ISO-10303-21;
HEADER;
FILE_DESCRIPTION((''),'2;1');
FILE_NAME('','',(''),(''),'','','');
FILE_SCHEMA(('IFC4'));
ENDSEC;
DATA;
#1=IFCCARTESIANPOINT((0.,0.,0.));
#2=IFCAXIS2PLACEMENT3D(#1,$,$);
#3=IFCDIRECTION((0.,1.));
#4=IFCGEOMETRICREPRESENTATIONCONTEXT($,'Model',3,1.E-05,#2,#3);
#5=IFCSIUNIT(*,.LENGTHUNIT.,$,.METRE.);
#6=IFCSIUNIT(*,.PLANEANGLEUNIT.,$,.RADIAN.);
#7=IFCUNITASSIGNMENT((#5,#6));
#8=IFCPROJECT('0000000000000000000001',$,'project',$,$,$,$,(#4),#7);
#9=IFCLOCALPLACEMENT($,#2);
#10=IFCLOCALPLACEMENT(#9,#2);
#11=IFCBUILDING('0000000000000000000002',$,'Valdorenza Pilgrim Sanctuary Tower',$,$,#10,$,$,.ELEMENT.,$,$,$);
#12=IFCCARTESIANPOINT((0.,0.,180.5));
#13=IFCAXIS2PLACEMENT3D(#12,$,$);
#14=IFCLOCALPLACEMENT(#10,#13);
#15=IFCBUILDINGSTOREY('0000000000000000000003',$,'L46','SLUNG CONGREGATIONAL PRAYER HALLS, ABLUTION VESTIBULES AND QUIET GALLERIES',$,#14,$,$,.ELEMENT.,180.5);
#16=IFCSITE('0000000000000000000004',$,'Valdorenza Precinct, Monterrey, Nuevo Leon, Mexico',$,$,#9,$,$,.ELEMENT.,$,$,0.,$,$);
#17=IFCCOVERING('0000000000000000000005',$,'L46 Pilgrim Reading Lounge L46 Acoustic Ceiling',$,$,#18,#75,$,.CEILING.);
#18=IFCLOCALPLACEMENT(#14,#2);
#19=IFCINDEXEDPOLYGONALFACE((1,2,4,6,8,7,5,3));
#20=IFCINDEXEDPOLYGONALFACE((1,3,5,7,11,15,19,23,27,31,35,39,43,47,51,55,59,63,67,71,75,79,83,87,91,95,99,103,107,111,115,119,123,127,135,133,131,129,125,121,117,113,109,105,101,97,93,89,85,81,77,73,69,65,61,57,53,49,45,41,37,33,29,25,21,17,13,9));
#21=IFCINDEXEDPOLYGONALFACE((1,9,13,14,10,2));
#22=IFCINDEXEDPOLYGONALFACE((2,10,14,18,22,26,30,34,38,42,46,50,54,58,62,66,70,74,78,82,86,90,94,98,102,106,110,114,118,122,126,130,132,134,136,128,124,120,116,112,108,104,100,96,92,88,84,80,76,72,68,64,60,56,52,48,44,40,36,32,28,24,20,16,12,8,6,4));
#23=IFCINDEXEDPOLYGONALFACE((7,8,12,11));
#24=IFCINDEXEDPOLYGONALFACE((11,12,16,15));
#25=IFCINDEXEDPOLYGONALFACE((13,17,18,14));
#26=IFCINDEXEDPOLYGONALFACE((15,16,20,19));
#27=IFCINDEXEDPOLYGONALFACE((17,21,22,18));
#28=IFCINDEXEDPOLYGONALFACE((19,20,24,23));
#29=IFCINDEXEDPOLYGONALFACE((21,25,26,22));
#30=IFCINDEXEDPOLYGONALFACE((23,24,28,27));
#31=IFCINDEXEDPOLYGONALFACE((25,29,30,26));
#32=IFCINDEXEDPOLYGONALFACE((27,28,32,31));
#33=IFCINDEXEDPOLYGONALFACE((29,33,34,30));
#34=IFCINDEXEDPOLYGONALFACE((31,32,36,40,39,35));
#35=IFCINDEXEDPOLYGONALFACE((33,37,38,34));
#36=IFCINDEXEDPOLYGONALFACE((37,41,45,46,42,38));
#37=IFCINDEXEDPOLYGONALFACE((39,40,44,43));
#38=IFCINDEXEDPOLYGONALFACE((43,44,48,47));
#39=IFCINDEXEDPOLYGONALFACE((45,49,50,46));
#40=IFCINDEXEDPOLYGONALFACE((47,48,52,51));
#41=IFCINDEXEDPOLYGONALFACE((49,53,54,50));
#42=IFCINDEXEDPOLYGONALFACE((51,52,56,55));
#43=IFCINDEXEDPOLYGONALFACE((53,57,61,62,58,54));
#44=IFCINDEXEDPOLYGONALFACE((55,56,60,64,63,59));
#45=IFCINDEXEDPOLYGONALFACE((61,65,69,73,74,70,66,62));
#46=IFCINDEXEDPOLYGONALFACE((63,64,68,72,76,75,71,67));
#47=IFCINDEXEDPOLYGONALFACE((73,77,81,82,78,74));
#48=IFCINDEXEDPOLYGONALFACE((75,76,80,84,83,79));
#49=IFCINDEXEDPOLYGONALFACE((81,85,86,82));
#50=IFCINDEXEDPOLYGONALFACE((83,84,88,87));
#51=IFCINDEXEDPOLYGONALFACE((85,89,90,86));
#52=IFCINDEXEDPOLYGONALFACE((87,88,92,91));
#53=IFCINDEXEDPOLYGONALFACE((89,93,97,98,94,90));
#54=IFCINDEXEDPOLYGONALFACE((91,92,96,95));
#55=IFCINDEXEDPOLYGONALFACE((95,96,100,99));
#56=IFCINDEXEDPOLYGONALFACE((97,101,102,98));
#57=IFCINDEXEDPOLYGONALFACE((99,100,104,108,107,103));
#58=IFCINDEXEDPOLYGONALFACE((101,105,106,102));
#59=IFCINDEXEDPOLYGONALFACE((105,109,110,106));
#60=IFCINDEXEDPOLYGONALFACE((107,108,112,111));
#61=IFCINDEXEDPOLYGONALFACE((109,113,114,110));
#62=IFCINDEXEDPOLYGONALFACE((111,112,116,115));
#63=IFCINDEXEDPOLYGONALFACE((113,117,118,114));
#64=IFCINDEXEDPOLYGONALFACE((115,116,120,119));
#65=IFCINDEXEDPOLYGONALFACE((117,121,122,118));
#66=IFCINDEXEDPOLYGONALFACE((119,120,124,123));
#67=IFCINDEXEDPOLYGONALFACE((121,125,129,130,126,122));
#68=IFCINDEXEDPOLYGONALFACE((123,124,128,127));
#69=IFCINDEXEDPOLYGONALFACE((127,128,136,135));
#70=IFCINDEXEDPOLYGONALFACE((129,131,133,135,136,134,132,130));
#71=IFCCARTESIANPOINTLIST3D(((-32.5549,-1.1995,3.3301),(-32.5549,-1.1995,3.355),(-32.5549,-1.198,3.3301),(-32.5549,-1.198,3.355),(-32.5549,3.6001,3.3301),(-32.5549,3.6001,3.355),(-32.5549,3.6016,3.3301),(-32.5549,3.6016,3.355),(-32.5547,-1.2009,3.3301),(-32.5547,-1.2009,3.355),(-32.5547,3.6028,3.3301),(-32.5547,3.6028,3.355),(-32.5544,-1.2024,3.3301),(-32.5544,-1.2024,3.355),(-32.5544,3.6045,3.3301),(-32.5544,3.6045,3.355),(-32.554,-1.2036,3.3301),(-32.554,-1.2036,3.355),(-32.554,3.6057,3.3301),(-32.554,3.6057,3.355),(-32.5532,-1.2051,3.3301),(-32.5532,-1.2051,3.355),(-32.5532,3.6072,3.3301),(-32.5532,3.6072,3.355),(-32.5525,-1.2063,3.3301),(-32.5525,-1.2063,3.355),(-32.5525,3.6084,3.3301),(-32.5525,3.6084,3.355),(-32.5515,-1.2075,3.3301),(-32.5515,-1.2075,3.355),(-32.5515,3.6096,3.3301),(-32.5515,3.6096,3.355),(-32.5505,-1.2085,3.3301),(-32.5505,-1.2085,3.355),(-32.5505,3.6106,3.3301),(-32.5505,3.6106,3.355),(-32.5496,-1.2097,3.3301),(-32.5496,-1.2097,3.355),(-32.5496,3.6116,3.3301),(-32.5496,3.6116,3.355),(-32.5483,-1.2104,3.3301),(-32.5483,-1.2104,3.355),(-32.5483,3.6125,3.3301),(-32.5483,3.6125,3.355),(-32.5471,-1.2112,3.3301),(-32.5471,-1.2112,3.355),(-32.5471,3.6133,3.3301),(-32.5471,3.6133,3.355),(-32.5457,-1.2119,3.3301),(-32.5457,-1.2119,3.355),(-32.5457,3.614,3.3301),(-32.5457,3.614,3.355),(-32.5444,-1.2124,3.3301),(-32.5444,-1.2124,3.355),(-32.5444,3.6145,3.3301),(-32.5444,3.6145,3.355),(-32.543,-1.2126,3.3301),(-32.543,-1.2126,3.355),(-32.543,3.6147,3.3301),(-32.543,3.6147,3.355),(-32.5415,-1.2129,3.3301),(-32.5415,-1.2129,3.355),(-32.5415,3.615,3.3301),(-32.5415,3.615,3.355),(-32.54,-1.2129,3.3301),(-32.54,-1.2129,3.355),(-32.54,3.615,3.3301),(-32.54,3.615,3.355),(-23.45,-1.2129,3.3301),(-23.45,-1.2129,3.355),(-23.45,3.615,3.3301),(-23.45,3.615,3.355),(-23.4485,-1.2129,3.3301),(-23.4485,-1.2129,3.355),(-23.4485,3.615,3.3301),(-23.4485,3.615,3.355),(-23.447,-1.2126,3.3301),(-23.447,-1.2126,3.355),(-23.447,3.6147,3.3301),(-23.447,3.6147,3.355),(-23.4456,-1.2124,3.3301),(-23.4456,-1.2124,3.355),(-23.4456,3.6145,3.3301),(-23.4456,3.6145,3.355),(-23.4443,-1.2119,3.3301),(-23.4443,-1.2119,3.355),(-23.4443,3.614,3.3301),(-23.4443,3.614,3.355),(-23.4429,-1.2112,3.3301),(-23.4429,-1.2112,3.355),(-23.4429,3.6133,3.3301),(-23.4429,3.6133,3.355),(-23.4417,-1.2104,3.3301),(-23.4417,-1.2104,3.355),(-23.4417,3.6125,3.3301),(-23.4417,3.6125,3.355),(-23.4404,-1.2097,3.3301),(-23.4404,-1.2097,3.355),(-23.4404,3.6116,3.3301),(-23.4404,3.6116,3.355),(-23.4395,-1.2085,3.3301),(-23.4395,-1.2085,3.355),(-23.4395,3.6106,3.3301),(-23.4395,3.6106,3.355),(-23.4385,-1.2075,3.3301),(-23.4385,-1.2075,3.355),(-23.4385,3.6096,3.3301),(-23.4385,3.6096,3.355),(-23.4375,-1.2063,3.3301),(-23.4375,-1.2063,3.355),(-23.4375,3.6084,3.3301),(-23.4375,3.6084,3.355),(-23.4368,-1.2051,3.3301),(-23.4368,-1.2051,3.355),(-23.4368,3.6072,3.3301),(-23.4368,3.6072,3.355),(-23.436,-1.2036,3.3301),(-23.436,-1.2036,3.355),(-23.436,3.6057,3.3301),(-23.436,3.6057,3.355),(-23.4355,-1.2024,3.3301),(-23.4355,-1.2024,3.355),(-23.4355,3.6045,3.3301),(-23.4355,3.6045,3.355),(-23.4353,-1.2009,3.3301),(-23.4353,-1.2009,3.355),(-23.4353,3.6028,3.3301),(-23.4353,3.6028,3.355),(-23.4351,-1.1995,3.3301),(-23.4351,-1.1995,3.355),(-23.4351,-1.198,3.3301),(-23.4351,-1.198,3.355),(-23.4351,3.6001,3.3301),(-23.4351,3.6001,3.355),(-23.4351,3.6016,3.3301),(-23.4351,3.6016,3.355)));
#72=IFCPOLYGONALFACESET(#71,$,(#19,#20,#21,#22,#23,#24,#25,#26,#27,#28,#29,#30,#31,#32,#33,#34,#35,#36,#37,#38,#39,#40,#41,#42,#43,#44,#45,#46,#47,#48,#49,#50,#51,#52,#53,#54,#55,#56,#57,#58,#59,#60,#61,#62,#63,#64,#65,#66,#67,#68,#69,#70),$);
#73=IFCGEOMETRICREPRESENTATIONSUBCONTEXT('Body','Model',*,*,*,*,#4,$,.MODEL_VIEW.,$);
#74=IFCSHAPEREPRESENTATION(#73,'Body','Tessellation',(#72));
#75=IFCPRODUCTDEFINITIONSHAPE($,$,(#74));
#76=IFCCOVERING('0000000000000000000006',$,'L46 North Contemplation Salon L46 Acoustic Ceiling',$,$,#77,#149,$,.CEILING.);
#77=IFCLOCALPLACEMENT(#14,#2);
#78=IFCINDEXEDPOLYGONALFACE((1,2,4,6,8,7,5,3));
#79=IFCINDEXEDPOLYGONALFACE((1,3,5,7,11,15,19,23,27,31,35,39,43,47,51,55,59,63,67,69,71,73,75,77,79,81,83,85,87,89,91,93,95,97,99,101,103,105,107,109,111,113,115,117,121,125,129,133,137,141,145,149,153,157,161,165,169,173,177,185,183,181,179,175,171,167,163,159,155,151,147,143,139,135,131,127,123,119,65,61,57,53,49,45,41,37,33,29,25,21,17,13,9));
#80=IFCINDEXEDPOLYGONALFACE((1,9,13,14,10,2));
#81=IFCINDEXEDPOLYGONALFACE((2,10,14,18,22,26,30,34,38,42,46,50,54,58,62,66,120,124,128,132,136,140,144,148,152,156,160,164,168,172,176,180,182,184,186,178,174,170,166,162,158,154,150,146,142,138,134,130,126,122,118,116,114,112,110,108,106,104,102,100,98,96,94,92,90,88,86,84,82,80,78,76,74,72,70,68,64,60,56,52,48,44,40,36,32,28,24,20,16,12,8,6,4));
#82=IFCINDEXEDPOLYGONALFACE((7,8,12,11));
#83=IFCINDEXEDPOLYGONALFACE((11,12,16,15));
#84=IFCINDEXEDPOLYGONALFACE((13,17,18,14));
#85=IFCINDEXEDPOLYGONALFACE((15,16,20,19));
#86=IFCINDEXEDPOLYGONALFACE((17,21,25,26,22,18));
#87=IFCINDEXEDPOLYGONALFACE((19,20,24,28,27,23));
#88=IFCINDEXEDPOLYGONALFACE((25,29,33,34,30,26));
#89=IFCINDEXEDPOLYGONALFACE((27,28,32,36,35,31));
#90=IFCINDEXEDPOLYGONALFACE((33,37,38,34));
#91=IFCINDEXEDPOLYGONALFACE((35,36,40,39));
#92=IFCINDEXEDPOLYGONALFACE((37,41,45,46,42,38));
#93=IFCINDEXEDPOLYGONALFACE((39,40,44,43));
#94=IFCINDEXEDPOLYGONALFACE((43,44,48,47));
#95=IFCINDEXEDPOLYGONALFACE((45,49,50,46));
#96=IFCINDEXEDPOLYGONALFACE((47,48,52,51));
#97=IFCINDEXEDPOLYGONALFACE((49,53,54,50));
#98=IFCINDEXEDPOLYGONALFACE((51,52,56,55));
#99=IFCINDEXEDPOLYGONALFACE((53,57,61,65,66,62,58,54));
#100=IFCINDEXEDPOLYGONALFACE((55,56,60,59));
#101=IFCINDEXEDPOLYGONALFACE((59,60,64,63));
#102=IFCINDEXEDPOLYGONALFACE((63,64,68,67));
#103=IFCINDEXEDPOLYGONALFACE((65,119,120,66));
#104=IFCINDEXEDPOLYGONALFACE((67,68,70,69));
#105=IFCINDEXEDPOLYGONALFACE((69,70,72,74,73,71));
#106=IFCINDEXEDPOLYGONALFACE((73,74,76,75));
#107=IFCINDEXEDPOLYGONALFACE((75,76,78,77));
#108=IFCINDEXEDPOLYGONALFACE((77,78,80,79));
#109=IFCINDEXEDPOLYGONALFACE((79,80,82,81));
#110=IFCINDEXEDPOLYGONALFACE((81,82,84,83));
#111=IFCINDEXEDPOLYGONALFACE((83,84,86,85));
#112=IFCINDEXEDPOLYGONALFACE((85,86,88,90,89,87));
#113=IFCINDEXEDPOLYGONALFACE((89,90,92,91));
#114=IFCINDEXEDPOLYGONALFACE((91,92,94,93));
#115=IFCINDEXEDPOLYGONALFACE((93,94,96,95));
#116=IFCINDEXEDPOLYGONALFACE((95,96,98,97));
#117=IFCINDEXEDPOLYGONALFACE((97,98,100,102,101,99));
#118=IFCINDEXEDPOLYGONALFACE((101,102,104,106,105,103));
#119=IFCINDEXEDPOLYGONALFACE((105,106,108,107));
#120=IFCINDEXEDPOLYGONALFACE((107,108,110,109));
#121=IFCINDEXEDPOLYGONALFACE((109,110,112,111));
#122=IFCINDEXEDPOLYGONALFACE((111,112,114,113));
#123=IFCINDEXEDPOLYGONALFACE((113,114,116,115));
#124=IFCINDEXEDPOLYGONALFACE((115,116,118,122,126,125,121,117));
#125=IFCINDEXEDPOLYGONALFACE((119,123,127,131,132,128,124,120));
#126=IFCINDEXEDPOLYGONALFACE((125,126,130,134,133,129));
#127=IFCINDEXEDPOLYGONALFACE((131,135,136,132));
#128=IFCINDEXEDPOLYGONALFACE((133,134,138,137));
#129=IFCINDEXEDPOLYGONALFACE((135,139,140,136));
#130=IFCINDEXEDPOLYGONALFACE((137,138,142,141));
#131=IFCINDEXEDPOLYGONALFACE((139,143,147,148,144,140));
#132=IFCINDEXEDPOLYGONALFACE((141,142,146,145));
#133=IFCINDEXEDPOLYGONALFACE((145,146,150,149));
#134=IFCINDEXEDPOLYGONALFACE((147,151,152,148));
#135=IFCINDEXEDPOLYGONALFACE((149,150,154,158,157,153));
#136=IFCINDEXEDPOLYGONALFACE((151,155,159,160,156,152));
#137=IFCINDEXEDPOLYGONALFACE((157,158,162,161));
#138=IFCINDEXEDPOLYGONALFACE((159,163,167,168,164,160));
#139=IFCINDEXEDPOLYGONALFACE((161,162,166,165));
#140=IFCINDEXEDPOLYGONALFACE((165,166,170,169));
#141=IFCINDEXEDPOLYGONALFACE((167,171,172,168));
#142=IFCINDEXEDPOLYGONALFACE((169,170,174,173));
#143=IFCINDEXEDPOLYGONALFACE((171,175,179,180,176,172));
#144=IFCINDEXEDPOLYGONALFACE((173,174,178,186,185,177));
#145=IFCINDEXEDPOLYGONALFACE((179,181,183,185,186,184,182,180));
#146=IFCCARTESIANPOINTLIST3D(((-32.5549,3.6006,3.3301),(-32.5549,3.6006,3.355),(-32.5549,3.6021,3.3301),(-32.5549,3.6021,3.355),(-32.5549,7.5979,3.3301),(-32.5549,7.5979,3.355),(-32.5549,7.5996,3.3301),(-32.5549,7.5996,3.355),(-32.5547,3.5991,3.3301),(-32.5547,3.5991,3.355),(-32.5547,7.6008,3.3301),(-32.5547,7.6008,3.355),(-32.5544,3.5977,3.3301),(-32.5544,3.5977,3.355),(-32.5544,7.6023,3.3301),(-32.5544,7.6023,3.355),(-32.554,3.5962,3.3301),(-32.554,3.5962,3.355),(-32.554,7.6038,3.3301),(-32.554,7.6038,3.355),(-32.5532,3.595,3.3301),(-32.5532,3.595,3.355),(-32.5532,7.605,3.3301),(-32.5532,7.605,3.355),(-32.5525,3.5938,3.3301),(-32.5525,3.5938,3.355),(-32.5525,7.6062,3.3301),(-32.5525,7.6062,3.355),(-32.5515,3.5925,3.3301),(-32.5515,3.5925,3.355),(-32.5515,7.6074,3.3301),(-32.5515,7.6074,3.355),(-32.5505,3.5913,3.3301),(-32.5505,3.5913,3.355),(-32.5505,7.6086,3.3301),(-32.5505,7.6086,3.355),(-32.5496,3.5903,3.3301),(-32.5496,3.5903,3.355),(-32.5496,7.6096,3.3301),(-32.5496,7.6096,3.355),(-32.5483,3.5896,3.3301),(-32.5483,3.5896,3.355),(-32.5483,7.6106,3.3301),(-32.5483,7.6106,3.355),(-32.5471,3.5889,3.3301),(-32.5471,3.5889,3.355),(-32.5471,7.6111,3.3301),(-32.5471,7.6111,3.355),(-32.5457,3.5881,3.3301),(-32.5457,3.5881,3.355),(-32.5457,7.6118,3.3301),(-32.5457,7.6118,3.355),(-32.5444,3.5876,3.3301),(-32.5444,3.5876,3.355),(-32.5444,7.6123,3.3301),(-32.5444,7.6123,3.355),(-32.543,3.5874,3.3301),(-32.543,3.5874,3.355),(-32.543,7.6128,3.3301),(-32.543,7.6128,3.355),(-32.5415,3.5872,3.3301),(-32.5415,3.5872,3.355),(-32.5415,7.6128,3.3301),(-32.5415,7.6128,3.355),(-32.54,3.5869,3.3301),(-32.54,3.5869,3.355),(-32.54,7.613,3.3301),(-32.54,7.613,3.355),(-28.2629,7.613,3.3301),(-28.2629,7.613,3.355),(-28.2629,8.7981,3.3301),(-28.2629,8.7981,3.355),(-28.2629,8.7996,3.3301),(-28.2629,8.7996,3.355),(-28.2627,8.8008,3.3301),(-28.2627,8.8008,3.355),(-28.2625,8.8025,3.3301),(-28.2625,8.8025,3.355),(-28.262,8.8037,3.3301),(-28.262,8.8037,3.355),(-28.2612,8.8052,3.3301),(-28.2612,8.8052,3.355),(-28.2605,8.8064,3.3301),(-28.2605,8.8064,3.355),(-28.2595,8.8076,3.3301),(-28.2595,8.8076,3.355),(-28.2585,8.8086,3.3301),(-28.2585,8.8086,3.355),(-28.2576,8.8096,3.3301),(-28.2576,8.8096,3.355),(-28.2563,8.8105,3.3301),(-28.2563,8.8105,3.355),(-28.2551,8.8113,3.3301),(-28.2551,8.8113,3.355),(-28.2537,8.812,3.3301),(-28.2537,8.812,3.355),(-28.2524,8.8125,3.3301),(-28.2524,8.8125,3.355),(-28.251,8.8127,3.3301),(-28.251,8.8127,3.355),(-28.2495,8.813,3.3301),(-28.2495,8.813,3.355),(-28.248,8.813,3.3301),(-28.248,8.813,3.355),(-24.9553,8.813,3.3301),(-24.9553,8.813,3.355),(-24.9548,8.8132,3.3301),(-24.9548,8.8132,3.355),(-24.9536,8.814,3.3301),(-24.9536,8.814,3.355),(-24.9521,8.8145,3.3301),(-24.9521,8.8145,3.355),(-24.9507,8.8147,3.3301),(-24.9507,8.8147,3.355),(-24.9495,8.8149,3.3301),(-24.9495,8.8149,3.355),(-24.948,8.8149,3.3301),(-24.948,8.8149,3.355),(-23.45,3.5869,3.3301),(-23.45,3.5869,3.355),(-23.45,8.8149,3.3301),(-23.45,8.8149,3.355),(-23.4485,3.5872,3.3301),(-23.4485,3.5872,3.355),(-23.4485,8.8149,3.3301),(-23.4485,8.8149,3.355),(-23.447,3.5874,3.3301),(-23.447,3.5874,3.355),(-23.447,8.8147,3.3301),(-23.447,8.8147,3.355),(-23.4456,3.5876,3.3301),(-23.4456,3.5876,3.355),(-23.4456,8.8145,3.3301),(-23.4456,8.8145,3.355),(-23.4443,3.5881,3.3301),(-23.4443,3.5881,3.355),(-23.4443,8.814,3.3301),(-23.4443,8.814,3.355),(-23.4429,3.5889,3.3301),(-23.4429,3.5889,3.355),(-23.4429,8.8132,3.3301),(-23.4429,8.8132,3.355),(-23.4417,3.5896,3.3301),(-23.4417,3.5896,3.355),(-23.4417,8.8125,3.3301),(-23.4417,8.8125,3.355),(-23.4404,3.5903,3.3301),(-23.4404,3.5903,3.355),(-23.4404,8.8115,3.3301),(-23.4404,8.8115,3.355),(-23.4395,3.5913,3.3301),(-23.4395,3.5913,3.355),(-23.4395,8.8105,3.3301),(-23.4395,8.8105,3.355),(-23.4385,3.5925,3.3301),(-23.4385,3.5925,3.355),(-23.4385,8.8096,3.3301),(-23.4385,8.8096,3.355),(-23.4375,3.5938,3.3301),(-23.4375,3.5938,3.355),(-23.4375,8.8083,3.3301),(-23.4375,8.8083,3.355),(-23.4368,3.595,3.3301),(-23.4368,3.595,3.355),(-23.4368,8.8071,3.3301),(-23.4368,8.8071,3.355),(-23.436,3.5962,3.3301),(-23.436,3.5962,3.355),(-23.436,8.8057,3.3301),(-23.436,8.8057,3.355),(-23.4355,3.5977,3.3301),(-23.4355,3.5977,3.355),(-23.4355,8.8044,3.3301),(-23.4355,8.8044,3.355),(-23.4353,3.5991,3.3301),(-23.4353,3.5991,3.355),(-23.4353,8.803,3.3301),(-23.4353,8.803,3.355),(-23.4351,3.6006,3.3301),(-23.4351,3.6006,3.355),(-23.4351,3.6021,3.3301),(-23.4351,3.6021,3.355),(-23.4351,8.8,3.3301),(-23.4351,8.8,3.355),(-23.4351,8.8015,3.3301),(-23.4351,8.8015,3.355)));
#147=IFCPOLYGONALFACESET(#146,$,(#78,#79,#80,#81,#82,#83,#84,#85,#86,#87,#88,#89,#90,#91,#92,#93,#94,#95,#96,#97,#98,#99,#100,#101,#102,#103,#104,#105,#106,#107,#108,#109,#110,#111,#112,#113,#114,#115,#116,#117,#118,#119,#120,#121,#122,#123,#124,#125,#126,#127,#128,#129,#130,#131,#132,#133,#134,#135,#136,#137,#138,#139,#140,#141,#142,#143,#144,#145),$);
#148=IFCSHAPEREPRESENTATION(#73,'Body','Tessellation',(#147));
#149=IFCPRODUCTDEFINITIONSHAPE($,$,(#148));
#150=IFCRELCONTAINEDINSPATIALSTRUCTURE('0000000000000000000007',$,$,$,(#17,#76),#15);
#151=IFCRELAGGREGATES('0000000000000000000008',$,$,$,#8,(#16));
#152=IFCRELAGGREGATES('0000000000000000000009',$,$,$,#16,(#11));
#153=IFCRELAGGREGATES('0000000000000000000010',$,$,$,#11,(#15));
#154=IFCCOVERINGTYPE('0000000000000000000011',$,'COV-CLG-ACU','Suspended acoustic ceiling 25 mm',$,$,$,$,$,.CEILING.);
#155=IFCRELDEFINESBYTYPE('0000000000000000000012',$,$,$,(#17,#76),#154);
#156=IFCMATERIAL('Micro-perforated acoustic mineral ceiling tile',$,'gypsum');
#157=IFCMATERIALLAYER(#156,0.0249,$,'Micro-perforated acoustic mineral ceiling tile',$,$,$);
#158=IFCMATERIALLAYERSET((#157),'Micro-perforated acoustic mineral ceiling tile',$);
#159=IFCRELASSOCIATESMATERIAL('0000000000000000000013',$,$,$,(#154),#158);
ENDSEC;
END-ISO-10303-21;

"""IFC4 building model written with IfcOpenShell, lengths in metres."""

from ifc_helpers import new_model, si_unit, direction, frame, origin, place, context, subcontext, project, spatial, polyline, outline, extrude, material, layer, layer_set, type_object, element, save


model = new_model("IFC4")

# Units and contexts
model_context = context("Model", 3, precision=1e-05, world=origin(), true_north=direction((0.0, 1.0)))
body_context = subcontext(model_context, "Body", "Model", "MODEL_VIEW")
ifc_project = project(units=[si_unit("LENGTHUNIT", "METRE"), si_unit("PLANEANGLEUNIT", "RADIAN")], contexts=[model_context])

# Site, building, storey
site_placement = place(None, origin())
site = spatial("IfcSite", under=ifc_project, at=site_placement, Name="Valdorenza Precinct, Monterrey, Nuevo Leon, Mexico", CompositionType="ELEMENT", RefElevation=0.0)
building_placement = place(site_placement, origin())
building = spatial("IfcBuilding", under=site, at=building_placement, Name="Valdorenza Pilgrim Sanctuary Tower", CompositionType="ELEMENT")
storey_placement = place(building_placement, frame((0.0, 0.0, 180.5)))
storey = spatial("IfcBuildingStorey", under=building, at=storey_placement, Name="L46", Description="SLUNG CONGREGATIONAL PRAYER HALLS, ABLUTION VESTIBULES AND QUIET GALLERIES", CompositionType="ELEMENT", Elevation=180.5)

# Coverings
ifc_material_1 = material(Name="Micro-perforated acoustic mineral ceiling tile", Category="gypsum")
ifc_layer_1 = layer(ifc_material_1, 0.0249, Name="Micro-perforated acoustic mineral ceiling tile")
ifc_layer_set_1 = layer_set([ifc_layer_1], Name="Micro-perforated acoustic mineral ceiling tile")
covering_type_1 = type_object("IfcCoveringType", Name="COV-CLG-ACU", Description="Suspended acoustic ceiling 25 mm", PredefinedType="CEILING", material=ifc_layer_set_1)
covering_1_placement = place(storey_placement, frame((0.0, 0.0, 3.3301)))
element("IfcCovering", 1, at=covering_1_placement, inside=storey, type_object=covering_type_1, Name="L46 Pilgrim Reading Lounge L46 Acoustic Ceiling", PredefinedType="CEILING", context=body_context, shape_type="SweptSolid", body=[
    extrude(outline(polyline([(-23.4351, -1.198), (-23.4351, -1.1995), (-23.4353, -1.2009), (-23.4355, -1.2024), (-23.436, -1.2036), (-23.4368, -1.2051), (-23.4375, -1.2063), (-23.4385, -1.2075), (-23.4395, -1.2085), (-23.4404, -1.2097), (-23.4417, -1.2104), (-23.4429, -1.2112), (-23.4443, -1.2119), (-23.4456, -1.2124), (-23.447, -1.2126), (-23.4485, -1.2129), (-23.45, -1.2129), (-32.54, -1.2129), (-32.5415, -1.2129), (-32.543, -1.2126), (-32.5444, -1.2124), (-32.5457, -1.2119), (-32.5471, -1.2112), (-32.5483, -1.2104), (-32.5496, -1.2097), (-32.5505, -1.2085), (-32.5515, -1.2075), (-32.5525, -1.2063), (-32.5532, -1.2051), (-32.554, -1.2036), (-32.5544, -1.2024), (-32.5547, -1.2009), (-32.5549, -1.1995), (-32.5549, -1.198), (-32.5549, 3.6001), (-32.5549, 3.6016), (-32.5547, 3.6028), (-32.5544, 3.6045), (-32.554, 3.6057), (-32.5532, 3.6072), (-32.5525, 3.6084), (-32.5515, 3.6096), (-32.5505, 3.6106), (-32.5496, 3.6116), (-32.5483, 3.6125), (-32.5471, 3.6133), (-32.5457, 3.614), (-32.5444, 3.6145), (-32.543, 3.6147), (-32.5415, 3.615), (-32.54, 3.615), (-23.45, 3.615), (-23.4485, 3.615), (-23.447, 3.6147), (-23.4456, 3.6145), (-23.4443, 3.614), (-23.4429, 3.6133), (-23.4417, 3.6125), (-23.4404, 3.6116), (-23.4395, 3.6106), (-23.4385, 3.6096), (-23.4375, 3.6084), (-23.4368, 3.6072), (-23.436, 3.6057), (-23.4355, 3.6045), (-23.4353, 3.6028), (-23.4351, 3.6016), (-23.4351, 3.6001), (-23.4351, -1.198)])), origin(), (0.0, 0.0, 1.0), 0.0249),
])
covering_2_placement = place(storey_placement, frame((0.0, 0.0, 3.3301)))
element("IfcCovering", 2, at=covering_2_placement, inside=storey, type_object=covering_type_1, Name="L46 North Contemplation Salon L46 Acoustic Ceiling", PredefinedType="CEILING", context=body_context, shape_type="SweptSolid", body=[
    extrude(outline(polyline([(-28.2629, 7.613), (-28.2629, 8.7981), (-28.2629, 8.7996), (-28.2627, 8.8008), (-28.2625, 8.8025), (-28.262, 8.8037), (-28.2612, 8.8052), (-28.2605, 8.8064), (-28.2595, 8.8076), (-28.2585, 8.8086), (-28.2576, 8.8096), (-28.2563, 8.8105), (-28.2551, 8.8113), (-28.2537, 8.812), (-28.2524, 8.8125), (-28.251, 8.8127), (-28.2495, 8.813), (-28.248, 8.813), (-24.9553, 8.813), (-24.9548, 8.8132), (-24.9536, 8.814), (-24.9521, 8.8145), (-24.9507, 8.8147), (-24.9495, 8.8149), (-24.948, 8.8149), (-23.45, 8.8149), (-23.4485, 8.8149), (-23.447, 8.8147), (-23.4456, 8.8145), (-23.4443, 8.814), (-23.4429, 8.8132), (-23.4417, 8.8125), (-23.4404, 8.8115), (-23.4395, 8.8105), (-23.4385, 8.8096), (-23.4375, 8.8083), (-23.4368, 8.8071), (-23.436, 8.8057), (-23.4355, 8.8044), (-23.4353, 8.803), (-23.4351, 8.8015), (-23.4351, 8.8), (-23.4351, 3.6021), (-23.4351, 3.6006), (-23.4353, 3.5991), (-23.4355, 3.5977), (-23.436, 3.5962), (-23.4368, 3.595), (-23.4375, 3.5938), (-23.4385, 3.5925), (-23.4395, 3.5913), (-23.4404, 3.5903), (-23.4417, 3.5896), (-23.4429, 3.5889), (-23.4443, 3.5881), (-23.4456, 3.5876), (-23.447, 3.5874), (-23.4485, 3.5872), (-23.45, 3.5869), (-32.54, 3.5869), (-32.5415, 3.5872), (-32.543, 3.5874), (-32.5444, 3.5876), (-32.5457, 3.5881), (-32.5471, 3.5889), (-32.5483, 3.5896), (-32.5496, 3.5903), (-32.5505, 3.5913), (-32.5515, 3.5925), (-32.5525, 3.5938), (-32.5532, 3.595), (-32.554, 3.5962), (-32.5544, 3.5977), (-32.5547, 3.5991), (-32.5549, 3.6006), (-32.5549, 3.6021), (-32.5549, 7.5979), (-32.5549, 7.5996), (-32.5547, 7.6008), (-32.5544, 7.6023), (-32.554, 7.6038), (-32.5532, 7.605), (-32.5525, 7.6062), (-32.5515, 7.6074), (-32.5505, 7.6086), (-32.5496, 7.6096), (-32.5483, 7.6106), (-32.5471, 7.6111), (-32.5457, 7.6118), (-32.5444, 7.6123), (-32.543, 7.6128), (-32.5415, 7.6128), (-32.54, 7.613), (-28.2629, 7.613)])), origin(), (0.0, 0.0, 1.0), 0.0249),
])

save(model, "model.ifc")
